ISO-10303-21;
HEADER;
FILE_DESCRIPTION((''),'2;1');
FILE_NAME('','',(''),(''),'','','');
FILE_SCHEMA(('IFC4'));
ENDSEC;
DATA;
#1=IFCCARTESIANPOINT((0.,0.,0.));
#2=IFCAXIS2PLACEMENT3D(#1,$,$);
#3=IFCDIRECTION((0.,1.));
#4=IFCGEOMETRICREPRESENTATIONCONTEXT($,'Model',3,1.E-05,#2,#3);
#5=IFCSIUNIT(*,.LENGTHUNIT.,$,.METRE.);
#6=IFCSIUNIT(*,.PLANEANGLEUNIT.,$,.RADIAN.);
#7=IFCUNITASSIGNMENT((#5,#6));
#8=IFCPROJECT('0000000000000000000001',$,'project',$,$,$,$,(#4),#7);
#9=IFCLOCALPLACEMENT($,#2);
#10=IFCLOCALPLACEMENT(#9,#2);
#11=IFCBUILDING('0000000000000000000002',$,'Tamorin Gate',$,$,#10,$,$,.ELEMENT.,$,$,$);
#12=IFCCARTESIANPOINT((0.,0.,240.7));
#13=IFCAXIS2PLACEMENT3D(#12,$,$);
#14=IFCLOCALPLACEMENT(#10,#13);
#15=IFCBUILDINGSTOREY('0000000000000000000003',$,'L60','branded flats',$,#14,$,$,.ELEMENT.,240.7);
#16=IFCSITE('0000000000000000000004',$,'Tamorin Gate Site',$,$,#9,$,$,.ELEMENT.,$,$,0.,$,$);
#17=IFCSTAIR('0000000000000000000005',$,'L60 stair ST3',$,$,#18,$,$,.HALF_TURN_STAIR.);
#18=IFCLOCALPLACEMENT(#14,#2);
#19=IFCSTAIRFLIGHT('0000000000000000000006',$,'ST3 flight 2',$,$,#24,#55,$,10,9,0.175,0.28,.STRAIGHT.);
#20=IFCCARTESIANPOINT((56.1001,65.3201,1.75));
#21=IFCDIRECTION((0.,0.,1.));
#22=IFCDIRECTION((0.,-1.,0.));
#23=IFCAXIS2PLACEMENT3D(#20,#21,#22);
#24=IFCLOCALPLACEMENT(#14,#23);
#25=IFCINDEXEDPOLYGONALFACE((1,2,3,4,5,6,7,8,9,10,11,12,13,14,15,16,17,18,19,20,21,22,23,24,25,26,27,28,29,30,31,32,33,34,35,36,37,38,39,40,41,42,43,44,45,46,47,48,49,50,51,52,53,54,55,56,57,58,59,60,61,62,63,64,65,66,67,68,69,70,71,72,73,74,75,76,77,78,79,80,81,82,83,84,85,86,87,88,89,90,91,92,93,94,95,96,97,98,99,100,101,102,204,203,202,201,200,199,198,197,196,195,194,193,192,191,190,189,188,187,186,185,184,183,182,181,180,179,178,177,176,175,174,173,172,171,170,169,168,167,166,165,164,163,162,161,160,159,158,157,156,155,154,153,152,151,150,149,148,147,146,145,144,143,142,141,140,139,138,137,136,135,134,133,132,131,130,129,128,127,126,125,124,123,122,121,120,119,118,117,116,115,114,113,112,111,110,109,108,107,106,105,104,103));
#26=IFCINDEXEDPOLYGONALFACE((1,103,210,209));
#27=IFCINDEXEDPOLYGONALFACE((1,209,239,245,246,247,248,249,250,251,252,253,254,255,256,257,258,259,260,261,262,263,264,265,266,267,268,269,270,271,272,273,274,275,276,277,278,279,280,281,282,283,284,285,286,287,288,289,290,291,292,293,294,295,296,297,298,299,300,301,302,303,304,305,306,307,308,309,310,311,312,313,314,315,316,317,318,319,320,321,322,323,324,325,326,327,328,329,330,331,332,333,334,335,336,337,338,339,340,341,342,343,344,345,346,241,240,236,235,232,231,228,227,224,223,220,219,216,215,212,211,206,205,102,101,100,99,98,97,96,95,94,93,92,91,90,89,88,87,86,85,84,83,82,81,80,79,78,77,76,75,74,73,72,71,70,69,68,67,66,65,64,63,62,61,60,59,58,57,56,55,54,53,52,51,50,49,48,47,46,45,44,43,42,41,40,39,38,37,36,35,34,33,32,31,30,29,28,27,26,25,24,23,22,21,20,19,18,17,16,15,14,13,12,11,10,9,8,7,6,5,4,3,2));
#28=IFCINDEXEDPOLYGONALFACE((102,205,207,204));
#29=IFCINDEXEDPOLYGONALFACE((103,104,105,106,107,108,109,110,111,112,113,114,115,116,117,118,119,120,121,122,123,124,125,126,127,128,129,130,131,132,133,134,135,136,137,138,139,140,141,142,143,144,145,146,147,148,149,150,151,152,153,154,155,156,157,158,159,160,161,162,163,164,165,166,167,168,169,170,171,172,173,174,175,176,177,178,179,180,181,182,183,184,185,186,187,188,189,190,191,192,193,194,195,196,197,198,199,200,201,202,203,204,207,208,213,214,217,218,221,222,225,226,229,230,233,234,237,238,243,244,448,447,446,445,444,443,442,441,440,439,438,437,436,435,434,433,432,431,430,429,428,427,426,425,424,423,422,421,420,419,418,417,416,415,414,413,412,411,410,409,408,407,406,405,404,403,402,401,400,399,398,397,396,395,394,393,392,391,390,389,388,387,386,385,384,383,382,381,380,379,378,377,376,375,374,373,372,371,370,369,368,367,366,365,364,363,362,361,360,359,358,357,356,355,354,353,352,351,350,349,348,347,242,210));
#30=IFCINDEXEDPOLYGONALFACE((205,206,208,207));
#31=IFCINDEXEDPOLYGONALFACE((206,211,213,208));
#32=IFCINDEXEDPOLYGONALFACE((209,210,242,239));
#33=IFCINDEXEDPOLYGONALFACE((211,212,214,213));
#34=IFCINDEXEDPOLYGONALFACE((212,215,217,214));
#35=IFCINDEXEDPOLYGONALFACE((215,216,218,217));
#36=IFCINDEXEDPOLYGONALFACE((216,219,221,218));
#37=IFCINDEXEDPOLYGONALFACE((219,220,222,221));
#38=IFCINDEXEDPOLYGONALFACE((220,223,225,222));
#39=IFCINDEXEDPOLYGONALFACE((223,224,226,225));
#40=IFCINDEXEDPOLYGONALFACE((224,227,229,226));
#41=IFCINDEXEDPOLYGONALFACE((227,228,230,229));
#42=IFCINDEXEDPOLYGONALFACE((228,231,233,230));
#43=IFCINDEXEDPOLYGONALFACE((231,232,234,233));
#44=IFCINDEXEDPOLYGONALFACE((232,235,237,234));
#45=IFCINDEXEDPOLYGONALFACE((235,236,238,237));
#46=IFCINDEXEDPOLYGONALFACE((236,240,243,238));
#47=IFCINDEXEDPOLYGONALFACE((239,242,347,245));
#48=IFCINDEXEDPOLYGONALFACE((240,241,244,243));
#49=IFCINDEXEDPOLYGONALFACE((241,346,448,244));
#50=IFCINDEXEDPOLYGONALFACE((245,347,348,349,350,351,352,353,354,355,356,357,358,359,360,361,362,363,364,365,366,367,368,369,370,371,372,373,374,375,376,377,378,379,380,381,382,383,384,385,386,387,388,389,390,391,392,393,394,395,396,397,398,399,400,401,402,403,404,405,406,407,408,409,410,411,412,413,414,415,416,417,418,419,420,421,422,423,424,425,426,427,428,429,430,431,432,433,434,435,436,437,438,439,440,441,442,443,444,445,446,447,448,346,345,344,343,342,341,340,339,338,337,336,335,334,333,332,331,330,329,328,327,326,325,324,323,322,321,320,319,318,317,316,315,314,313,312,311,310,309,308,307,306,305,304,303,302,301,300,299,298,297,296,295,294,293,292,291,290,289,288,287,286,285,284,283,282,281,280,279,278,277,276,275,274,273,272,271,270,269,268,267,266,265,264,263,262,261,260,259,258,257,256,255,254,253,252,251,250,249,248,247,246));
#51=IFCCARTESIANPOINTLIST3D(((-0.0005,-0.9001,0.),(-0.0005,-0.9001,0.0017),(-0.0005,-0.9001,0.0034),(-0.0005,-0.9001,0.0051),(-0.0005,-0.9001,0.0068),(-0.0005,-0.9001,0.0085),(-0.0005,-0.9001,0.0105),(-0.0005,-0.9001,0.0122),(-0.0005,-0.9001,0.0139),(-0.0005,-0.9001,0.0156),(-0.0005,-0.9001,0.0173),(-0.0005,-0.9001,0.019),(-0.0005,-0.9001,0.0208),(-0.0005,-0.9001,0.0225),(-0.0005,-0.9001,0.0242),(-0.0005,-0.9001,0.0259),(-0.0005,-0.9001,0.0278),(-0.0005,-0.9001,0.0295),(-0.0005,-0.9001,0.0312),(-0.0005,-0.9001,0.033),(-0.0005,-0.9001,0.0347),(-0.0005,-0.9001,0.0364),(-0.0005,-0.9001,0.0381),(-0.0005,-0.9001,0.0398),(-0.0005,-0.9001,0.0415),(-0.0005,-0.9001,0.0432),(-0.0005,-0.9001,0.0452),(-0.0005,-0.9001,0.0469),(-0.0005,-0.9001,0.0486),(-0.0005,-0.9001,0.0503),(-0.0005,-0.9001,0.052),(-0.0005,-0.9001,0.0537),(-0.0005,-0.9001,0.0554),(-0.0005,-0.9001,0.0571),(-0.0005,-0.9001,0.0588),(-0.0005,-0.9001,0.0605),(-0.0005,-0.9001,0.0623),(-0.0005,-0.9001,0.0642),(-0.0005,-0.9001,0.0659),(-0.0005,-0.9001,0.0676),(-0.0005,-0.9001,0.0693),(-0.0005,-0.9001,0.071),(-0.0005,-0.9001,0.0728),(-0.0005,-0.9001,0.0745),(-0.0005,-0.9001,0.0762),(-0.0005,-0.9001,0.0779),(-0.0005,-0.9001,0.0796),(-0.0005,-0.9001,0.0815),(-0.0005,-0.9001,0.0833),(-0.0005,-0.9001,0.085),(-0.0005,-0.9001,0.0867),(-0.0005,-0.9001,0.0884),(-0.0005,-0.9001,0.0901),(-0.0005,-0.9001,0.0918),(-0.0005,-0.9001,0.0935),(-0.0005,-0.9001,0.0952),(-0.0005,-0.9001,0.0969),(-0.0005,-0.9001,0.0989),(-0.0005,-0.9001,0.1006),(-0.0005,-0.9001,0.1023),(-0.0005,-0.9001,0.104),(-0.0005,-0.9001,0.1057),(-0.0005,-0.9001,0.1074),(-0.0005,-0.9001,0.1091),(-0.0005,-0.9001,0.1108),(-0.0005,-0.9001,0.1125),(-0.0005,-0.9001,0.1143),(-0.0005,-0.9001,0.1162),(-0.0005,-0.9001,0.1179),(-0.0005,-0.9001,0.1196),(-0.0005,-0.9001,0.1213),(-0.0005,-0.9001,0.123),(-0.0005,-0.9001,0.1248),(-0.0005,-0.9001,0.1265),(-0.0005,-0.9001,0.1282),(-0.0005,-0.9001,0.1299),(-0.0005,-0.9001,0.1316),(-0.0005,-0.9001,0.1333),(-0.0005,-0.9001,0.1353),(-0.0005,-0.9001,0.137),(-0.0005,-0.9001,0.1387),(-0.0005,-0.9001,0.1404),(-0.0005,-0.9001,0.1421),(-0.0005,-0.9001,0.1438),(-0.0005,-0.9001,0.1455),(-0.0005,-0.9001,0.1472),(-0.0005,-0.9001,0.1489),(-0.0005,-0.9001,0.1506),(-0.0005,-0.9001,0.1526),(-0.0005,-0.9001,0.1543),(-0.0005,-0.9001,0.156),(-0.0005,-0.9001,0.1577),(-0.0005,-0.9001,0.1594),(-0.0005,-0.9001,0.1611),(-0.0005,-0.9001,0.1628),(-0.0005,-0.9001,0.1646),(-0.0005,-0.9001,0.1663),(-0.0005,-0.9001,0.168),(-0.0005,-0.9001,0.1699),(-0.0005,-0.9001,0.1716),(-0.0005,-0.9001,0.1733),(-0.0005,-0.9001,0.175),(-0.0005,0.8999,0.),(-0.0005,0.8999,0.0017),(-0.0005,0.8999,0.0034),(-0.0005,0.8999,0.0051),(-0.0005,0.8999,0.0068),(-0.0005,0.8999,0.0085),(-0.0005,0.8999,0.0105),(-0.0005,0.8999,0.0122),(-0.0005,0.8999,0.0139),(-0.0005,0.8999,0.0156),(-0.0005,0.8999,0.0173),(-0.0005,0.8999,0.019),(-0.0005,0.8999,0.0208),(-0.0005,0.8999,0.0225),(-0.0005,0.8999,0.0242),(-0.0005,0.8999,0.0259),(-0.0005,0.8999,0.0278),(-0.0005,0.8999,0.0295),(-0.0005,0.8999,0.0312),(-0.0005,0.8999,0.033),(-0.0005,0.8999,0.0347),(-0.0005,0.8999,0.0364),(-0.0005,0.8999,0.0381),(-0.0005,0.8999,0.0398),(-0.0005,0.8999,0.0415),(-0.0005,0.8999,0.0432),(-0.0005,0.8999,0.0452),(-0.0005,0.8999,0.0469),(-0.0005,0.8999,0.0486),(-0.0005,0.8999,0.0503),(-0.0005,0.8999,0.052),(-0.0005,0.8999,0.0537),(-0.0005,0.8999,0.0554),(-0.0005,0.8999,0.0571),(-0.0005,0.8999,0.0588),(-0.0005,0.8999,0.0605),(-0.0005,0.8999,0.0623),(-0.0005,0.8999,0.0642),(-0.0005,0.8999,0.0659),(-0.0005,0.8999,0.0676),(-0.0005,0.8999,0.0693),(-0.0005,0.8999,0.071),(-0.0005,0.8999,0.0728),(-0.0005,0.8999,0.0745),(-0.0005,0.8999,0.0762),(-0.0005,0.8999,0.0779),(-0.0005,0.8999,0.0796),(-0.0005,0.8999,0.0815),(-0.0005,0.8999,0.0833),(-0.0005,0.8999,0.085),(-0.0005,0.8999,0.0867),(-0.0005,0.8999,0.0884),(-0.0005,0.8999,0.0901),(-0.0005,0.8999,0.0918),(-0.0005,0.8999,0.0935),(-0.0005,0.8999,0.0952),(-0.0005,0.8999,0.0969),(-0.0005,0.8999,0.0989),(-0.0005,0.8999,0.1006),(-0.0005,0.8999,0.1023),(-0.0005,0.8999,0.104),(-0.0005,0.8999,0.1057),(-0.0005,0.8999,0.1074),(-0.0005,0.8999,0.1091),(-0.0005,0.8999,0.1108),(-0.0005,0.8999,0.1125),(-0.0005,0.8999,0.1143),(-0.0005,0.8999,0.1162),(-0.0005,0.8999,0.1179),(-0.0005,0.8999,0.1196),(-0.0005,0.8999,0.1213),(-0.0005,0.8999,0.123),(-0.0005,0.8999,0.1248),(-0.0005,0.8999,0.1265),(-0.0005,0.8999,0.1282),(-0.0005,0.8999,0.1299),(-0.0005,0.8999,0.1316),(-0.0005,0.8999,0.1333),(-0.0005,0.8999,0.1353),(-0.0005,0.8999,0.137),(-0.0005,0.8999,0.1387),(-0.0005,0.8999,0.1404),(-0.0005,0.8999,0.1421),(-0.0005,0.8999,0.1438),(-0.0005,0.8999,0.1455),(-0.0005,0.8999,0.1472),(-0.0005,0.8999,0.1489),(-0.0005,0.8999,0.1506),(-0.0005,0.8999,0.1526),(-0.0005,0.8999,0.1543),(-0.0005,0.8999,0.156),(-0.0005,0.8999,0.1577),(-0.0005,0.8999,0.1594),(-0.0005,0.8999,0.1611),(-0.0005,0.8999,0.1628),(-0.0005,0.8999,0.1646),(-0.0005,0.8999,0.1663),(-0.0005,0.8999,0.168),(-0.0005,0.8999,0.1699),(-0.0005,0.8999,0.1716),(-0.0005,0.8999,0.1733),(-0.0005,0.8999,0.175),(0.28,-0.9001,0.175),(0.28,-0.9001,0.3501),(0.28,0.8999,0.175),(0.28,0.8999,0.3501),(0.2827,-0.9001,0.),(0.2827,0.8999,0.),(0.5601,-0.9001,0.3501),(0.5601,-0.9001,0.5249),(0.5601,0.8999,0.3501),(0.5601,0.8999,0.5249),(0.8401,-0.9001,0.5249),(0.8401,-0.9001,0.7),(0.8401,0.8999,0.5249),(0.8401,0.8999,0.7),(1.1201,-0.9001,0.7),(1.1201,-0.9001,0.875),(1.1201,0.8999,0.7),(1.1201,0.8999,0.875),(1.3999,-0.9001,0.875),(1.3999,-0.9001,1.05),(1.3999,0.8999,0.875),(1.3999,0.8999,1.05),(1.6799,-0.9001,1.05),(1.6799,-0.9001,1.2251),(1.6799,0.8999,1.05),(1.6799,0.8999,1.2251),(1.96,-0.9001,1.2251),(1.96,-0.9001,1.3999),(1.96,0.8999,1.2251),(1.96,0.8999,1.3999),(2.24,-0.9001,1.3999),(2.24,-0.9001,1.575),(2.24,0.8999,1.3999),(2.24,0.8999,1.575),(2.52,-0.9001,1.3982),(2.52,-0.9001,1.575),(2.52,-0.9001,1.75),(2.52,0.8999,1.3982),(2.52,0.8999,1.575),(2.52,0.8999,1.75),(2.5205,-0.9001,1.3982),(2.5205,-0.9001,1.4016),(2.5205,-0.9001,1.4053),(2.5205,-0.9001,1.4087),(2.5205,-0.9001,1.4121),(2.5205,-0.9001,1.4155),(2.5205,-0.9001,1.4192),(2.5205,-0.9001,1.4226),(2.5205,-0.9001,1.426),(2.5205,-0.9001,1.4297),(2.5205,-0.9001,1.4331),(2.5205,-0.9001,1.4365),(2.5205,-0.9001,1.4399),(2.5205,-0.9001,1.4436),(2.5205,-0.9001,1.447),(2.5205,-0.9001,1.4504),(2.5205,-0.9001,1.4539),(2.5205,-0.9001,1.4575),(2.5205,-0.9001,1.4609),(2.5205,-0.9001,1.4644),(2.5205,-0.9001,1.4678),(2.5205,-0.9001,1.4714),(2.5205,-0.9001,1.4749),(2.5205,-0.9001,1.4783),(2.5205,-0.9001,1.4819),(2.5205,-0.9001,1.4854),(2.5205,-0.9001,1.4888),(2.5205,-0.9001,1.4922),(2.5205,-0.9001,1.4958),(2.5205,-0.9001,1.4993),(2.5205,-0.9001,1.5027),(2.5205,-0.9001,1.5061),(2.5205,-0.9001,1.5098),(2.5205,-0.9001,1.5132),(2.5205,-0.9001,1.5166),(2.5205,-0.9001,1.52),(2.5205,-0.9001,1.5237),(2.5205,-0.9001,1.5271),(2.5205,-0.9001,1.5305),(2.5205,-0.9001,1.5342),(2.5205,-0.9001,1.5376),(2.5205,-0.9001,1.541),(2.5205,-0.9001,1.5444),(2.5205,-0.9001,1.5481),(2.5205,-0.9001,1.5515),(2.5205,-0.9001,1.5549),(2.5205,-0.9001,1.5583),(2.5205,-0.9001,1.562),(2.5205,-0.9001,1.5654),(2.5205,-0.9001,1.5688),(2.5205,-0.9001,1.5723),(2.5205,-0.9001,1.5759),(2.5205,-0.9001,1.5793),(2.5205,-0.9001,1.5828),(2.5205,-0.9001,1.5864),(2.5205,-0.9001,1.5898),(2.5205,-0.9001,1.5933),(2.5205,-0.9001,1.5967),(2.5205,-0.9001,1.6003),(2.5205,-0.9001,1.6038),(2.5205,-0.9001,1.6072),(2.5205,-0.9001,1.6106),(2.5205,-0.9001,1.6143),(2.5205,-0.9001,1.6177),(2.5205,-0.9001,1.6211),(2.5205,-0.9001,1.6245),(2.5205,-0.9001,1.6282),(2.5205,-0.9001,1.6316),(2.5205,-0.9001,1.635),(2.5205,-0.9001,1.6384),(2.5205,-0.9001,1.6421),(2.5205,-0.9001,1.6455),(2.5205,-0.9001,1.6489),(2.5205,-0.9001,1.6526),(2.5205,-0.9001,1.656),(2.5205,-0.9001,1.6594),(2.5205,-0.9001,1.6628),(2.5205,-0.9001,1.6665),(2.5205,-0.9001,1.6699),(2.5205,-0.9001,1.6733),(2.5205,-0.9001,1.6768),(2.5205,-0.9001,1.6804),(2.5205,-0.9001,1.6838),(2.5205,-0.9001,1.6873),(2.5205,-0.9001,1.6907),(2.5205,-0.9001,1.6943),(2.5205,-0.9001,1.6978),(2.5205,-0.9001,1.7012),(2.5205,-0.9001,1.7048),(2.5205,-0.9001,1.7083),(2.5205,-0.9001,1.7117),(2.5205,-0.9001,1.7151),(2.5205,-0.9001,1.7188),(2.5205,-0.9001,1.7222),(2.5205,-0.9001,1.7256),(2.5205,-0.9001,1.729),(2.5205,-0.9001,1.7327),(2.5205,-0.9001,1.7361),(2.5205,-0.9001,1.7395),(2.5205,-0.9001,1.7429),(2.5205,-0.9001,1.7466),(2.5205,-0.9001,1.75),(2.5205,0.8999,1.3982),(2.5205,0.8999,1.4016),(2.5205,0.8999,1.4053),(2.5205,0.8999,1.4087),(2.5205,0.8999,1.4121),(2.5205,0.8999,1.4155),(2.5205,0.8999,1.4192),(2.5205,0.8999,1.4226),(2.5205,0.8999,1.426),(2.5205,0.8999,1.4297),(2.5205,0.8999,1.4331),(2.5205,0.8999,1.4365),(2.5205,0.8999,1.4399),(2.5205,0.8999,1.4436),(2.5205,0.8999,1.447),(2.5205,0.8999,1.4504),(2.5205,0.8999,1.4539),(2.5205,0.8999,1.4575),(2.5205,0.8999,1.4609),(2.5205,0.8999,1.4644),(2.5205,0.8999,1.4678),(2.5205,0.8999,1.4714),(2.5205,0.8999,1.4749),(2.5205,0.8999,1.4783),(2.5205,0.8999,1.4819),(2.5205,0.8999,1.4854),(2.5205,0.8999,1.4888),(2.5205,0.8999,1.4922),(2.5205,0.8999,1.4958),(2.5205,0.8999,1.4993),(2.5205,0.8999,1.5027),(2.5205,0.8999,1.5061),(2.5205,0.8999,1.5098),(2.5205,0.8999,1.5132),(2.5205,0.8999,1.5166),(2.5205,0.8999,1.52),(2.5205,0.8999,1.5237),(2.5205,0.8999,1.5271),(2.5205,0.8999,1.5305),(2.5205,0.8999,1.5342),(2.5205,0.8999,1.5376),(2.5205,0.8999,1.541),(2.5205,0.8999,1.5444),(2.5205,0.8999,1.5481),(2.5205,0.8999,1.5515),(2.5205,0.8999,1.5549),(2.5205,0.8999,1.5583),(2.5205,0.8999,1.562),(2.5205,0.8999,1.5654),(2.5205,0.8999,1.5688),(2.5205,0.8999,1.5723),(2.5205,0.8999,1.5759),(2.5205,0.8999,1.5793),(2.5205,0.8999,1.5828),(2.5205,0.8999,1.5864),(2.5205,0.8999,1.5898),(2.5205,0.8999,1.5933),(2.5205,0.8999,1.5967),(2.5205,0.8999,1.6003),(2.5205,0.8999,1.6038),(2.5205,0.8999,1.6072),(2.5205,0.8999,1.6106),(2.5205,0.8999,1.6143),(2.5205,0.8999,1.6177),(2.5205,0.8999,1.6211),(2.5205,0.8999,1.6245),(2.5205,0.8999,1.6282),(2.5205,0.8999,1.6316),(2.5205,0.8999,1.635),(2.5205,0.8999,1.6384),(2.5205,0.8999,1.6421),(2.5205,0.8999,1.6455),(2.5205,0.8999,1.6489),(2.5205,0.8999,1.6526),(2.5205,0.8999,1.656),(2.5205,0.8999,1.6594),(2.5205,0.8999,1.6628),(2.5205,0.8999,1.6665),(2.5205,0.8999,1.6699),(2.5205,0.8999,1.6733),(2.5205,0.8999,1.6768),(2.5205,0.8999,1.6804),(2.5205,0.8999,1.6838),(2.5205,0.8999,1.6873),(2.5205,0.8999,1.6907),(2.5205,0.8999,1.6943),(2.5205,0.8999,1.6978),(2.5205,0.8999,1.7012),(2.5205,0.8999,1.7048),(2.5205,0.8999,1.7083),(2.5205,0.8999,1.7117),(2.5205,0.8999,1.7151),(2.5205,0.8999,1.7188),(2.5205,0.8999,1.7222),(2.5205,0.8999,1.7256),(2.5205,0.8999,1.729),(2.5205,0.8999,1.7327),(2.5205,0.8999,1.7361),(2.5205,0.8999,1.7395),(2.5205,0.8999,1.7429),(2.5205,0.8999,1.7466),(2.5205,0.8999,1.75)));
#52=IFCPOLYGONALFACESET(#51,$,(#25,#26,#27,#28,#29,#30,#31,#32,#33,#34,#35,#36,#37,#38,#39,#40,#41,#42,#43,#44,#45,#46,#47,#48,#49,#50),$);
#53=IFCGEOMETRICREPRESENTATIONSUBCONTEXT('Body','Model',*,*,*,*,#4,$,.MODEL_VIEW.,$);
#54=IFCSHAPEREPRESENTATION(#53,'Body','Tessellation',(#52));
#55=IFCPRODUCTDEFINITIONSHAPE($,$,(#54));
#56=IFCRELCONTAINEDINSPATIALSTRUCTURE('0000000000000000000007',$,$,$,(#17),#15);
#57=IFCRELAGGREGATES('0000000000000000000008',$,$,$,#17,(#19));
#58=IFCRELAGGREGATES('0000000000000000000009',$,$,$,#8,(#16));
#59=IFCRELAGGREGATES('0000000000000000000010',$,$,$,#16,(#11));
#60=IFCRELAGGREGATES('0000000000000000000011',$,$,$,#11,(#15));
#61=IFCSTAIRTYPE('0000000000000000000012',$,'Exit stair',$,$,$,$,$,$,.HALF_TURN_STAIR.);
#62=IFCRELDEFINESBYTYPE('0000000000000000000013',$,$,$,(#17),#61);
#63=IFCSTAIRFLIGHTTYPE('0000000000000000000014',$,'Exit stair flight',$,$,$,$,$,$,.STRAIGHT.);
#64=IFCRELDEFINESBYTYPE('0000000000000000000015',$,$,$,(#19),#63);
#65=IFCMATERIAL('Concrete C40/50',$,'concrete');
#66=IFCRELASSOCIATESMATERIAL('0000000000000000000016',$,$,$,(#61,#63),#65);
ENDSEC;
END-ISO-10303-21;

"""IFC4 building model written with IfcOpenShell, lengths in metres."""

from ifc_helpers import new_model, si_unit, direction, frame, origin, place, context, subcontext, project, spatial, polyline, outline, extrude, material, type_object, element, aggregate, save


model = new_model("IFC4")

# Units and contexts
model_context = context("Model", 3, precision=1e-05, world=origin(), true_north=direction((0.0, 1.0)))
body_context = subcontext(model_context, "Body", "Model", "MODEL_VIEW")
ifc_project = project(units=[si_unit("LENGTHUNIT", "METRE"), si_unit("PLANEANGLEUNIT", "RADIAN")], contexts=[model_context])

# Site, building, storey
site_placement = place(None, origin())
site = spatial("IfcSite", under=ifc_project, at=site_placement, Name="Tamorin Gate Site", CompositionType="ELEMENT", RefElevation=0.0)
building_placement = place(site_placement, origin())
building = spatial("IfcBuilding", under=site, at=building_placement, Name="Tamorin Gate", CompositionType="ELEMENT")
storey_placement = place(building_placement, frame((0.0, 0.0, 240.7)))
storey = spatial("IfcBuildingStorey", under=building, at=storey_placement, Name="L60", Description="branded flats", CompositionType="ELEMENT", Elevation=240.7)

# Shared definitions
ifc_material_1 = material(Name="Concrete C40/50", Category="concrete")

# Stair, stair flight
stair_type = type_object("IfcStairType", Name="Exit stair", PredefinedType="HALF_TURN_STAIR", material=ifc_material_1)
stair_placement = place(storey_placement, origin())
stair = element("IfcStair", 1, at=stair_placement, inside=storey, type_object=stair_type, Name="L60 stair ST3", PredefinedType="HALF_TURN_STAIR")
stair_flight_type = type_object("IfcStairFlightType", Name="Exit stair flight", PredefinedType="STRAIGHT", material=ifc_material_1)
stair_flight_1_placement = place(storey_placement, frame((56.1001, 65.3201, 1.75), z_axis=(0.0, 0.0, 1.0), x_axis=(0.0, -1.0, 0.0)))
stair_flight_1 = element("IfcStairFlight", 2, at=stair_flight_1_placement, type_object=stair_flight_type, Name="ST3 flight 2", NumberOfRisers=10, NumberOfTreads=9, PredefinedType="STRAIGHT", RiserHeight=0.175, TreadLength=0.28, context=body_context, shape_type="SweptSolid", body=[
    extrude(outline(polyline([(-0.0005, 0.0), (-0.0005, 0.0017), (-0.0005, 0.0034), (-0.0005, 0.0051), (-0.0005, 0.0068), (-0.0005, 0.0085), (-0.0005, 0.0105), (-0.0005, 0.0122), (-0.0005, 0.0139), (-0.0005, 0.0156), (-0.0005, 0.0173), (-0.0005, 0.019), (-0.0005, 0.0208), (-0.0005, 0.0225), (-0.0005, 0.0242), (-0.0005, 0.0259), (-0.0005, 0.0278), (-0.0005, 0.0295), (-0.0005, 0.0312), (-0.0005, 0.033), (-0.0005, 0.0347), (-0.0005, 0.0364), (-0.0005, 0.0381), (-0.0005, 0.0398), (-0.0005, 0.0415), (-0.0005, 0.0432), (-0.0005, 0.0452), (-0.0005, 0.0469), (-0.0005, 0.0486), (-0.0005, 0.0503), (-0.0005, 0.052), (-0.0005, 0.0537), (-0.0005, 0.0554), (-0.0005, 0.0571), (-0.0005, 0.0588), (-0.0005, 0.0605), (-0.0005, 0.0623), (-0.0005, 0.0642), (-0.0005, 0.0659), (-0.0005, 0.0676), (-0.0005, 0.0693), (-0.0005, 0.071), (-0.0005, 0.0728), (-0.0005, 0.0745), (-0.0005, 0.0762), (-0.0005, 0.0779), (-0.0005, 0.0796), (-0.0005, 0.0815), (-0.0005, 0.0833), (-0.0005, 0.085), (-0.0005, 0.0867), (-0.0005, 0.0884), (-0.0005, 0.0901), (-0.0005, 0.0918), (-0.0005, 0.0935), (-0.0005, 0.0952), (-0.0005, 0.0969), (-0.0005, 0.0989), (-0.0005, 0.1006), (-0.0005, 0.1023), (-0.0005, 0.104), (-0.0005, 0.1057), (-0.0005, 0.1074), (-0.0005, 0.1091), (-0.0005, 0.1108), (-0.0005, 0.1125), (-0.0005, 0.1143), (-0.0005, 0.1162), (-0.0005, 0.1179), (-0.0005, 0.1196), (-0.0005, 0.1213), (-0.0005, 0.123), (-0.0005, 0.1248), (-0.0005, 0.1265), (-0.0005, 0.1282), (-0.0005, 0.1299), (-0.0005, 0.1316), (-0.0005, 0.1333), (-0.0005, 0.1353), (-0.0005, 0.137), (-0.0005, 0.1387), (-0.0005, 0.1404), (-0.0005, 0.1421), (-0.0005, 0.1438), (-0.0005, 0.1455), (-0.0005, 0.1472), (-0.0005, 0.1489), (-0.0005, 0.1506), (-0.0005, 0.1526), (-0.0005, 0.1543), (-0.0005, 0.156), (-0.0005, 0.1577), (-0.0005, 0.1594), (-0.0005, 0.1611), (-0.0005, 0.1628), (-0.0005, 0.1646), (-0.0005, 0.1663), (-0.0005, 0.168), (-0.0005, 0.1699), (-0.0005, 0.1716), (-0.0005, 0.1733), (-0.0005, 0.175), (0.28, 0.175), (0.28, 0.3501), (0.5601, 0.3501), (0.5601, 0.5249), (0.8401, 0.5249), (0.8401, 0.7), (1.1201, 0.7), (1.1201, 0.875), (1.3999, 0.875), (1.3999, 1.05), (1.6799, 1.05), (1.6799, 1.2251), (1.96, 1.2251), (1.96, 1.3999), (2.24, 1.3999), (2.24, 1.575), (2.52, 1.575), (2.52, 1.75), (2.5205, 1.75), (2.5205, 1.7466), (2.5205, 1.7429), (2.5205, 1.7395), (2.5205, 1.7361), (2.5205, 1.7327), (2.5205, 1.729), (2.5205, 1.7256), (2.5205, 1.7222), (2.5205, 1.7188), (2.5205, 1.7151), (2.5205, 1.7117), (2.5205, 1.7083), (2.5205, 1.7048), (2.5205, 1.7012), (2.5205, 1.6978), (2.5205, 1.6943), (2.5205, 1.6907), (2.5205, 1.6873), (2.5205, 1.6838), (2.5205, 1.6804), (2.5205, 1.6768), (2.5205, 1.6733), (2.5205, 1.6699), (2.5205, 1.6665), (2.5205, 1.6628), (2.5205, 1.6594), (2.5205, 1.656), (2.5205, 1.6526), (2.5205, 1.6489), (2.5205, 1.6455), (2.5205, 1.6421), (2.5205, 1.6384), (2.5205, 1.635), (2.5205, 1.6316), (2.5205, 1.6282), (2.5205, 1.6245), (2.5205, 1.6211), (2.5205, 1.6177), (2.5205, 1.6143), (2.5205, 1.6106), (2.5205, 1.6072), (2.5205, 1.6038), (2.5205, 1.6003), (2.5205, 1.5967), (2.5205, 1.5933), (2.5205, 1.5898), (2.5205, 1.5864), (2.5205, 1.5828), (2.5205, 1.5793), (2.5205, 1.5759), (2.5205, 1.5723), (2.5205, 1.5688), (2.5205, 1.5654), (2.5205, 1.562), (2.5205, 1.5583), (2.5205, 1.5549), (2.5205, 1.5515), (2.5205, 1.5481), (2.5205, 1.5444), (2.5205, 1.541), (2.5205, 1.5376), (2.5205, 1.5342), (2.5205, 1.5305), (2.5205, 1.5271), (2.5205, 1.5237), (2.5205, 1.52), (2.5205, 1.5166), (2.5205, 1.5132), (2.5205, 1.5098), (2.5205, 1.5061), (2.5205, 1.5027), (2.5205, 1.4993), (2.5205, 1.4958), (2.5205, 1.4922), (2.5205, 1.4888), (2.5205, 1.4854), (2.5205, 1.4819), (2.5205, 1.4783), (2.5205, 1.4749), (2.5205, 1.4714), (2.5205, 1.4678), (2.5205, 1.4644), (2.5205, 1.4609), (2.5205, 1.4575), (2.5205, 1.4539), (2.5205, 1.4504), (2.5205, 1.447), (2.5205, 1.4436), (2.5205, 1.4399), (2.5205, 1.4365), (2.5205, 1.4331), (2.5205, 1.4297), (2.5205, 1.426), (2.5205, 1.4226), (2.5205, 1.4192), (2.5205, 1.4155), (2.5205, 1.4121), (2.5205, 1.4087), (2.5205, 1.4053), (2.5205, 1.4016), (2.5205, 1.3982), (2.52, 1.3982), (0.2827, 0.0), (-0.0005, 0.0)])), frame((0.0, 0.8999, 0.0), z_axis=(0.0, -1.0, 0.0), x_axis=(1.0, 0.0, 0.0)), (0.0, 0.0, 1.0), 1.8),
])
aggregate(stair, [stair_flight_1])

save(model, "model.ifc")
